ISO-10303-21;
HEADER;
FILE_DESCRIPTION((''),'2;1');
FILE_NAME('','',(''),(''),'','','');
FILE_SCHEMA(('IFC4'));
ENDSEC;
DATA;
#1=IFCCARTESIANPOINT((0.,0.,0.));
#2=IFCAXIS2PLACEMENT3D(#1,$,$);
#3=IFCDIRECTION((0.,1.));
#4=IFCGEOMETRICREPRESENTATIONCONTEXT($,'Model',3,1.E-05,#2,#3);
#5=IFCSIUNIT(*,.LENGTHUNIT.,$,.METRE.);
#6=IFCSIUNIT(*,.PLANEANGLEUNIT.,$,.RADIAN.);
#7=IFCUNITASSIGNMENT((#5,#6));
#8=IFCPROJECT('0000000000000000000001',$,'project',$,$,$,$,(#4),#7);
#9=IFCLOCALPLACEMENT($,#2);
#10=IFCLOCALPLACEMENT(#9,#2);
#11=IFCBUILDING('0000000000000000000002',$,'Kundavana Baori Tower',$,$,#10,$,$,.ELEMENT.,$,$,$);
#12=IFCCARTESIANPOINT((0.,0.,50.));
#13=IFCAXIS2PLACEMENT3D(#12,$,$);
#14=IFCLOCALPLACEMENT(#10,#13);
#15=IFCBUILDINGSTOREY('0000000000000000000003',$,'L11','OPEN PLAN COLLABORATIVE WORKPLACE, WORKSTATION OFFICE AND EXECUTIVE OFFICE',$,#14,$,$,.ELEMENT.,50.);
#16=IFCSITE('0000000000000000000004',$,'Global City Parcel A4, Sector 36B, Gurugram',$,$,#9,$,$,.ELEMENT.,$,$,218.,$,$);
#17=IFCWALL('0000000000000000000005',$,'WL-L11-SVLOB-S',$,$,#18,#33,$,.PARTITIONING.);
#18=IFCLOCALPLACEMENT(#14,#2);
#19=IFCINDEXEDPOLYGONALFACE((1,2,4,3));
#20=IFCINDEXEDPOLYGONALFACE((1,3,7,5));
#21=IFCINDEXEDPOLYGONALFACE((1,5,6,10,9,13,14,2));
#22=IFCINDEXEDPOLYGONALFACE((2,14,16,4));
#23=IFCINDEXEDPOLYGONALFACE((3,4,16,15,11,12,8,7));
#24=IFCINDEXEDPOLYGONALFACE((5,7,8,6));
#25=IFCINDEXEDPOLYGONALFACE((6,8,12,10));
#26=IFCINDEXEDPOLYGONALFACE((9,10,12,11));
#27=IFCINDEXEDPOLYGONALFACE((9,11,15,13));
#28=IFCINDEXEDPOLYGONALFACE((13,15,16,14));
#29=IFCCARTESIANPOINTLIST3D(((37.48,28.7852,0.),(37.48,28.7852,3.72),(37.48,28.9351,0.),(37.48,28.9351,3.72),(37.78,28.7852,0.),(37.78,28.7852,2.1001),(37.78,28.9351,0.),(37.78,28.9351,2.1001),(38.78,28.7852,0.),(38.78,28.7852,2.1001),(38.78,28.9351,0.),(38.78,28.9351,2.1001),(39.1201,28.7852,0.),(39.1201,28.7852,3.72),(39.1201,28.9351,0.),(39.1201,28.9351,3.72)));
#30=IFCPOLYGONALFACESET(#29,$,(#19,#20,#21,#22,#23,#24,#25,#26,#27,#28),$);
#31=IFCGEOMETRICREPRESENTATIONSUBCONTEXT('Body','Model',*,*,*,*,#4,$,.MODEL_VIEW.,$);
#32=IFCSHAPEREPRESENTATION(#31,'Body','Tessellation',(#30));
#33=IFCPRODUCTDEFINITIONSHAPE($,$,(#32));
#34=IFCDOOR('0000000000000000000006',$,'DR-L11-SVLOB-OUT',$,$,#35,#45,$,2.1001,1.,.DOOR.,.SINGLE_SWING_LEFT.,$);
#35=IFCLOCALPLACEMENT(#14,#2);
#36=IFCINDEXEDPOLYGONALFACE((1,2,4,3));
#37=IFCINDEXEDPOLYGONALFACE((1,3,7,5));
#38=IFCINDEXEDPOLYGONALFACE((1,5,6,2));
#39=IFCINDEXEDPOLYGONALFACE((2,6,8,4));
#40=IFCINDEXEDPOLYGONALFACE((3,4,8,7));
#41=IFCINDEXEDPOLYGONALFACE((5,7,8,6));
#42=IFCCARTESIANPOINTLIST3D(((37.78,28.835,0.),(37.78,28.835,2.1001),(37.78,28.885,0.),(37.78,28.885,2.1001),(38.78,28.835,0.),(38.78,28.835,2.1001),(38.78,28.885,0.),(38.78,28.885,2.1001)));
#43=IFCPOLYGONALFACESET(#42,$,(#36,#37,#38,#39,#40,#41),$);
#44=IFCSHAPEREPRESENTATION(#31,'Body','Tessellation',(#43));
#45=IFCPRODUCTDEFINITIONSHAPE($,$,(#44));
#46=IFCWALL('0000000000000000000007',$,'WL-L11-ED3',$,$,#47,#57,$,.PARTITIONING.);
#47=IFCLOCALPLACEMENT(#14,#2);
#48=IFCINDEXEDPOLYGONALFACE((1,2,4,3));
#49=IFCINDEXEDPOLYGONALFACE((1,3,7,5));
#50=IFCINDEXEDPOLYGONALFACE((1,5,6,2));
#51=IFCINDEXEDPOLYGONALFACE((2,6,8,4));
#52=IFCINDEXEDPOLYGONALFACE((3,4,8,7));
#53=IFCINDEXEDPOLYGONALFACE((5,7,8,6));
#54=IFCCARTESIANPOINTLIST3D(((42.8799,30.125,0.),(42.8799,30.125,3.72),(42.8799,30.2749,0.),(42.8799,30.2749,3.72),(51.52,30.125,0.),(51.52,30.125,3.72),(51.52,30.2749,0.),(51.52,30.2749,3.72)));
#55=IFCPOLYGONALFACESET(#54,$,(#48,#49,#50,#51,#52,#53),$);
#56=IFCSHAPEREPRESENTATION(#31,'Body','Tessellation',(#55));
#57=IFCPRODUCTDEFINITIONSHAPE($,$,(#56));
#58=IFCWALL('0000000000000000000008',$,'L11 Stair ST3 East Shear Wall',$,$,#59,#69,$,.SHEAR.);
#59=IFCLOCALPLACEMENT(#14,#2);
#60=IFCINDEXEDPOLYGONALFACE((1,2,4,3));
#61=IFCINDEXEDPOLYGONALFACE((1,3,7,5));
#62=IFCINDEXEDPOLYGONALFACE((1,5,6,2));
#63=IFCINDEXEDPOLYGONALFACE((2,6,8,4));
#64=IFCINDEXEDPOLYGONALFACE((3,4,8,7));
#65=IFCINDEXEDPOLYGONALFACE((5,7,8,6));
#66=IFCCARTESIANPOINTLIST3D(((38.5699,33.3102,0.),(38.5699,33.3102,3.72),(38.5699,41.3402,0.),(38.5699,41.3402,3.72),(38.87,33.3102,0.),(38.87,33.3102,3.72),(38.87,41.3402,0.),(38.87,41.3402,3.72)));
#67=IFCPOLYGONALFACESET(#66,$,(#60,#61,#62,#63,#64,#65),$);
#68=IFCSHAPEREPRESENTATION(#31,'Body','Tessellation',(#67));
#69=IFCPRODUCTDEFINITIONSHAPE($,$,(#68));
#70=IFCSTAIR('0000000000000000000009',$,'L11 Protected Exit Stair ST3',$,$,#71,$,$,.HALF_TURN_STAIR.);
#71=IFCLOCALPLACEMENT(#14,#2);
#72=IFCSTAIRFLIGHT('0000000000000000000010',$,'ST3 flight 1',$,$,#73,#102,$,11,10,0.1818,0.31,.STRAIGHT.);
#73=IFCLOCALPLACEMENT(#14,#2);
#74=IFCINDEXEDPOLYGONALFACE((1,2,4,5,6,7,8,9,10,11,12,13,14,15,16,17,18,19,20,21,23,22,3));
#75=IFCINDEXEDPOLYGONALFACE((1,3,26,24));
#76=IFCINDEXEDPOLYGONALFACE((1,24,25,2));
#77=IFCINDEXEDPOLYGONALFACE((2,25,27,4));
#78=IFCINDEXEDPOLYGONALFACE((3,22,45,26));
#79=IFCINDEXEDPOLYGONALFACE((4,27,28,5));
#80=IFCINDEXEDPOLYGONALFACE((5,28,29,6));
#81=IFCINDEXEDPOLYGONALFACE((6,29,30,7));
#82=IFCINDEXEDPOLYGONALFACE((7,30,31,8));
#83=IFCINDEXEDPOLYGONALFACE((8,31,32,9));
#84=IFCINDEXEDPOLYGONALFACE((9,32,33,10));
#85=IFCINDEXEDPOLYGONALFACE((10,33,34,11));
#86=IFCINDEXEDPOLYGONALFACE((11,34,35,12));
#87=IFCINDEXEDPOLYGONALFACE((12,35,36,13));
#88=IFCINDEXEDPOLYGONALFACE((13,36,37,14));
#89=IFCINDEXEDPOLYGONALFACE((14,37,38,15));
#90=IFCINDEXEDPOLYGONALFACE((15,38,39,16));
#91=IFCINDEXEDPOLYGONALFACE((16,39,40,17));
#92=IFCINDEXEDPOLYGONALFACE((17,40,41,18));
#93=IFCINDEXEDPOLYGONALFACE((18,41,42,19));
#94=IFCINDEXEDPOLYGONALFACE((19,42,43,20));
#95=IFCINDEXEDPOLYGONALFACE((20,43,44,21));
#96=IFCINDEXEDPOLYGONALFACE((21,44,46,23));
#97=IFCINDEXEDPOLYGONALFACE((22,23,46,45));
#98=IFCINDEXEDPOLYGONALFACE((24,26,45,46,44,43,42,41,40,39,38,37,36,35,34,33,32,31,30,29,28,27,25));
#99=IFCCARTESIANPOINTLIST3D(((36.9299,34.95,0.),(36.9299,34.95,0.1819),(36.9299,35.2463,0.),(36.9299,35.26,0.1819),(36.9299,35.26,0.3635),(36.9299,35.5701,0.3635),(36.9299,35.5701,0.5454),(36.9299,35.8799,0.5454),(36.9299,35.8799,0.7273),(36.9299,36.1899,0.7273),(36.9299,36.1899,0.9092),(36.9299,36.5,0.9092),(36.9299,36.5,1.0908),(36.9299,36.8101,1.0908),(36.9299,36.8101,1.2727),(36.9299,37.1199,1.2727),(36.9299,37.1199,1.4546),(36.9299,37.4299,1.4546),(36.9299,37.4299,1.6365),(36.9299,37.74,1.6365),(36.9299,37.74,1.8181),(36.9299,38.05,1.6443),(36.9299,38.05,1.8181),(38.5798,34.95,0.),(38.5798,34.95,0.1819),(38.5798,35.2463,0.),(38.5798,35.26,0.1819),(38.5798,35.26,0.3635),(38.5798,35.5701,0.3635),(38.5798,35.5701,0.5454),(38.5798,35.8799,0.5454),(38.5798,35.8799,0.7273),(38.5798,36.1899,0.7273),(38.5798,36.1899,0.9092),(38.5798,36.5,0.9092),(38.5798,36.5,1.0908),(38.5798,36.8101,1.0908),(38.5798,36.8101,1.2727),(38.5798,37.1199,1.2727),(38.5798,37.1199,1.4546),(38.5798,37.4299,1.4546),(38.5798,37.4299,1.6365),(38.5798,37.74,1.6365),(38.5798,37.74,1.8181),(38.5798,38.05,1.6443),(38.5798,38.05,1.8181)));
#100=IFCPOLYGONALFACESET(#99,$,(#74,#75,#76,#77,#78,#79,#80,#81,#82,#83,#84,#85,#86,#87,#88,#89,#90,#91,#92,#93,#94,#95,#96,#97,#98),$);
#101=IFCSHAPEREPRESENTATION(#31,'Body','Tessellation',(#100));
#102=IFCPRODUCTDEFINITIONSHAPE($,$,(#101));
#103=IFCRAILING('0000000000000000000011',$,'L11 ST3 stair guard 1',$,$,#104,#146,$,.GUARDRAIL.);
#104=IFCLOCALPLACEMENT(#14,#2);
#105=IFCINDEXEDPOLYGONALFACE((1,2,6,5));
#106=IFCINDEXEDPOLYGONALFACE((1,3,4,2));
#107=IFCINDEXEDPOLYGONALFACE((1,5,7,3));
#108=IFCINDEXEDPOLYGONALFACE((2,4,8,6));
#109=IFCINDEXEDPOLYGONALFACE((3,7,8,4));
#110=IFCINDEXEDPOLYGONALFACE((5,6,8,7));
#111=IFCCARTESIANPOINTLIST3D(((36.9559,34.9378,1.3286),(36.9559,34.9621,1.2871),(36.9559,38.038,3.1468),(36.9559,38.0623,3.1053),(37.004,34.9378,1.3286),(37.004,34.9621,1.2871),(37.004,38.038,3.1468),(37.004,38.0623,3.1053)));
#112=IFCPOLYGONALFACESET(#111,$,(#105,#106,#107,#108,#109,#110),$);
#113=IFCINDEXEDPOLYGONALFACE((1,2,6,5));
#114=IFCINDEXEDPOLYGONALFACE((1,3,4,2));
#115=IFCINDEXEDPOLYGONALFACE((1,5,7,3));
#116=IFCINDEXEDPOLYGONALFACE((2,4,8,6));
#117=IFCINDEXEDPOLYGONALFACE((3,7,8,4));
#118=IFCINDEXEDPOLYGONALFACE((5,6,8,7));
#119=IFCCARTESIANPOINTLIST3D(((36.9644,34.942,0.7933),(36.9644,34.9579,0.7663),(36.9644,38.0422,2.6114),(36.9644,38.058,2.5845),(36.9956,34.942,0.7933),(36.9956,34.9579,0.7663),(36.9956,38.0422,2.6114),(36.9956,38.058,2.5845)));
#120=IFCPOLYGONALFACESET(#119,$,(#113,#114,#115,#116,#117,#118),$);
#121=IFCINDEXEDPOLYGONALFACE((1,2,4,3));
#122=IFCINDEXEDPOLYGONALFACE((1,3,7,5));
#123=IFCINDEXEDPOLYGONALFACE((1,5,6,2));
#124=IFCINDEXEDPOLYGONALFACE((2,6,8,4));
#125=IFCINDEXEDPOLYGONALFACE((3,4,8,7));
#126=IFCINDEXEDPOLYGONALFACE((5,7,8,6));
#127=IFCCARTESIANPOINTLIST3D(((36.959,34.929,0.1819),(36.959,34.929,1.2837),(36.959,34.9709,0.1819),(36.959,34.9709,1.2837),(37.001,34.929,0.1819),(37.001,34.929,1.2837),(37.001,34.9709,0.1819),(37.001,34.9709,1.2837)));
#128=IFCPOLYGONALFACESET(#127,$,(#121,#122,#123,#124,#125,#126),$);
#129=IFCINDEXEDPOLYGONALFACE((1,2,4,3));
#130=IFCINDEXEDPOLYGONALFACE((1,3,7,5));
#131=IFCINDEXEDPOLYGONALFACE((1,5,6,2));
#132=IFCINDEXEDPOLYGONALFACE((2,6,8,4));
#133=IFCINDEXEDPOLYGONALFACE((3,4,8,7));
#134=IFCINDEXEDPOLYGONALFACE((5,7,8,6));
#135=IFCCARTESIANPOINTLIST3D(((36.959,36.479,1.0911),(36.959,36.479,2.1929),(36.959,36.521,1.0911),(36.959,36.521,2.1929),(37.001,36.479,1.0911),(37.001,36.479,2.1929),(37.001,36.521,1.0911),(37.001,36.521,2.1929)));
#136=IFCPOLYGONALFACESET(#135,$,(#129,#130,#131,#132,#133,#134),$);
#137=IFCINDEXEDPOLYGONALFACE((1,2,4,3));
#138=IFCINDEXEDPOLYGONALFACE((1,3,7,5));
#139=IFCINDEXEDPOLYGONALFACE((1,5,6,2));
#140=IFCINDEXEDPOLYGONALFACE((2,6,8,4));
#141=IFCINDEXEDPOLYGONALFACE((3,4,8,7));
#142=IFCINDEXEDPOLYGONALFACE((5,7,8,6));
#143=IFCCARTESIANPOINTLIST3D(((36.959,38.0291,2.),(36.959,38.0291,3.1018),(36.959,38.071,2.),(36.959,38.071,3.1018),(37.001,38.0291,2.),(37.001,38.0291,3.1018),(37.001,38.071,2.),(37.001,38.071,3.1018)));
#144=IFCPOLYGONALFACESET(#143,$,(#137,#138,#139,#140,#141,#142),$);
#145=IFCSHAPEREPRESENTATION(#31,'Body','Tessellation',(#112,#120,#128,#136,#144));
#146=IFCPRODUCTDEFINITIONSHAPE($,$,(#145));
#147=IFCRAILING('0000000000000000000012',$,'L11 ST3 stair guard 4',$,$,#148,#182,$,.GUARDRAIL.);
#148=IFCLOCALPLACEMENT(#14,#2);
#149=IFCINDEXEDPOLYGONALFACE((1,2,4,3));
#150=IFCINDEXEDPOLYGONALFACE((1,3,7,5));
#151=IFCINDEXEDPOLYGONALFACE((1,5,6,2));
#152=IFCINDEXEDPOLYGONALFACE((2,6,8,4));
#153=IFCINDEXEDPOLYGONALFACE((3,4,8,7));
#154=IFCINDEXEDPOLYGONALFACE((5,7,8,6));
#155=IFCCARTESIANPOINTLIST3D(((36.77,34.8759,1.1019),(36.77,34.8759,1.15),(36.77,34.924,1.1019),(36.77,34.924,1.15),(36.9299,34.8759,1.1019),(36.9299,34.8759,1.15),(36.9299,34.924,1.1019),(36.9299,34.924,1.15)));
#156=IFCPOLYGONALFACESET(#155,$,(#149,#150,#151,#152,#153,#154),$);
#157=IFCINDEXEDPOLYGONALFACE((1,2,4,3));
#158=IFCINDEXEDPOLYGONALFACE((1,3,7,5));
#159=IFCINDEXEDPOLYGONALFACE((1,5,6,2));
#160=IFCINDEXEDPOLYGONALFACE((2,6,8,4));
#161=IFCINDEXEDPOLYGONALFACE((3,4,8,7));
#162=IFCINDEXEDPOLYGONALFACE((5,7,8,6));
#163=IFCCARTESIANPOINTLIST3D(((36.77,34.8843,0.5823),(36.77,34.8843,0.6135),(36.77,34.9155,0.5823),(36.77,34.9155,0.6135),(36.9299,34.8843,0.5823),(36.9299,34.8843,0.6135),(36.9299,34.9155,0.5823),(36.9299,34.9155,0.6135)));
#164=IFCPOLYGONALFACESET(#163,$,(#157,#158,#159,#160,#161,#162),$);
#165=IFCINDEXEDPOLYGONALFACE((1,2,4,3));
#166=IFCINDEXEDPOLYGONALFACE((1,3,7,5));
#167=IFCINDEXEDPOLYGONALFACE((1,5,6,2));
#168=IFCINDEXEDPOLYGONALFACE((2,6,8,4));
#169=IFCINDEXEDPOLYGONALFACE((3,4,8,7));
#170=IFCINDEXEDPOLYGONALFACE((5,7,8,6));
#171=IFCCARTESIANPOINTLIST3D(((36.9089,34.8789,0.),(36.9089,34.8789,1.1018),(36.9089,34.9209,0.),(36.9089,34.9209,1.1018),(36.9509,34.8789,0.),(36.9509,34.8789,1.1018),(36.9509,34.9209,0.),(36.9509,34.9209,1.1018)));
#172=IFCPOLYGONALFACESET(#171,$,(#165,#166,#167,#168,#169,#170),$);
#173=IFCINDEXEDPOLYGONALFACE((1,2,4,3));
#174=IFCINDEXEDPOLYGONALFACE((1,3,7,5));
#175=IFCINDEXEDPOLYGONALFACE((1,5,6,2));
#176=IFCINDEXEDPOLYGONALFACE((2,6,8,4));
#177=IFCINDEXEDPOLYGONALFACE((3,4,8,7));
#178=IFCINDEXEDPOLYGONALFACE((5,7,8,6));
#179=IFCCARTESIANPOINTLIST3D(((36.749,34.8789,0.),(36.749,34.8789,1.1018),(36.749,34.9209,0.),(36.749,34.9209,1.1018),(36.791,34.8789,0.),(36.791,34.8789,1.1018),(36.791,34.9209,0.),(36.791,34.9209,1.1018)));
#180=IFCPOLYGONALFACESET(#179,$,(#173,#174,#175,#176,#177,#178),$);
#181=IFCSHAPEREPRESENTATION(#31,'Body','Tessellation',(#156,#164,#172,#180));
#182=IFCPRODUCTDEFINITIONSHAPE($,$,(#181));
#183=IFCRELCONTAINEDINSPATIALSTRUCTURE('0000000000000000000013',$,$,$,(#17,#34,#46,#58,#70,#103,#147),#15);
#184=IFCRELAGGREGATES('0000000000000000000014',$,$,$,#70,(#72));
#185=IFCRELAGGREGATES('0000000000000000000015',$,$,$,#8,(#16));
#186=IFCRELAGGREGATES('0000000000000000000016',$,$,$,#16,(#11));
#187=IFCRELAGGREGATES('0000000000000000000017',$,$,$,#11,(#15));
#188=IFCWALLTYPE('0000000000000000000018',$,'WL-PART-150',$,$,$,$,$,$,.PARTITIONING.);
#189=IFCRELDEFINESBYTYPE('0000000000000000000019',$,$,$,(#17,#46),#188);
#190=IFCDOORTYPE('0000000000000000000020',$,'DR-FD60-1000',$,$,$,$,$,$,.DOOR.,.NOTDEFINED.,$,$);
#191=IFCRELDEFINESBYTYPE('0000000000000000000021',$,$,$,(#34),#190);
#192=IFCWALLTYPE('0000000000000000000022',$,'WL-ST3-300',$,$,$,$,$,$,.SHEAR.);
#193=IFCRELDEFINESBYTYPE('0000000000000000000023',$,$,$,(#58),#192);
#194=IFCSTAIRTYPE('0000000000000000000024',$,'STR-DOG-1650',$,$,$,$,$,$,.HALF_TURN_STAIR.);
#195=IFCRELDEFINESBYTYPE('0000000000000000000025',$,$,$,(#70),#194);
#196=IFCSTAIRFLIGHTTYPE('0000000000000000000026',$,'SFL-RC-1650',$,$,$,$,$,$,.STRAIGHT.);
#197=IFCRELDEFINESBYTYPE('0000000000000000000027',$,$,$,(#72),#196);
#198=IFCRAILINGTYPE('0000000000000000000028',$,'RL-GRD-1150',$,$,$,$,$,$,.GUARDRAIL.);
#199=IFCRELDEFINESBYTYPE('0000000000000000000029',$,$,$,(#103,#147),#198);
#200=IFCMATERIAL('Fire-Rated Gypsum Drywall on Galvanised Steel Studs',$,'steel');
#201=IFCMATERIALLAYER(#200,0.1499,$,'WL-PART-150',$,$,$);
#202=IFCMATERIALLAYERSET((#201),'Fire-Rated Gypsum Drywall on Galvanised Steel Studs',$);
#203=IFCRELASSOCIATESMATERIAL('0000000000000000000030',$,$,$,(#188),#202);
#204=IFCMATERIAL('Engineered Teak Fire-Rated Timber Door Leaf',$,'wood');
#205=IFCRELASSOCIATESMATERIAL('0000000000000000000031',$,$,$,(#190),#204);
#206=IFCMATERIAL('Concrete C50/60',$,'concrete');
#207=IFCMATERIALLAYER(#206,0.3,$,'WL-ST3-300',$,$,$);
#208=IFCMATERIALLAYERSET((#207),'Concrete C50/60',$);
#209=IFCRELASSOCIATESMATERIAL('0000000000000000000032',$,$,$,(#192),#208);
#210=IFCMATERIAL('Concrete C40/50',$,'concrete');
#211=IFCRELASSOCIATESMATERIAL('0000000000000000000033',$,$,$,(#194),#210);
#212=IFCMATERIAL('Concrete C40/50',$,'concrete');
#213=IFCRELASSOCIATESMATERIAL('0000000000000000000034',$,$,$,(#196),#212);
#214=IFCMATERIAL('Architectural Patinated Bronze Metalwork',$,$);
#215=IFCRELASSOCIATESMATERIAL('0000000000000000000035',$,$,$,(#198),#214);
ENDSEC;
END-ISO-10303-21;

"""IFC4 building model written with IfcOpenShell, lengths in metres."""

from ifc_helpers import new_model, si_unit, direction, frame, frame_2d, origin, origin_2d, place, context, subcontext, project, spatial, polyline, rectangle, outline, extrude, material, layer, layer_set, type_object, element, fill, aggregate, save


model = new_model("IFC4")

# Units and contexts
model_context = context("Model", 3, precision=1e-05, world=origin(), true_north=direction((0.0, 1.0)))
body_context = subcontext(model_context, "Body", "Model", "MODEL_VIEW")
ifc_project = project(units=[si_unit("LENGTHUNIT", "METRE"), si_unit("PLANEANGLEUNIT", "RADIAN")], contexts=[model_context])

# Site, building, storey
site_placement = place(None, origin())
site = spatial("IfcSite", under=ifc_project, at=site_placement, Name="Global City Parcel A4, Sector 36B, Gurugram", CompositionType="ELEMENT", RefElevation=218.0)
building_placement = place(site_placement, origin())
building = spatial("IfcBuilding", under=site, at=building_placement, Name="Kundavana Baori Tower", CompositionType="ELEMENT")
storey_placement = place(building_placement, frame((0.0, 0.0, 50.0)))
storey = spatial("IfcBuildingStorey", under=building, at=storey_placement, Name="L11", Description="OPEN PLAN COLLABORATIVE WORKPLACE, WORKSTATION OFFICE AND EXECUTIVE OFFICE", CompositionType="ELEMENT", Elevation=50.0)

# Shared definitions
ifc_material_1 = material(Name="Fire-Rated Gypsum Drywall on Galvanised Steel Studs", Category="steel")
ifc_layer_1 = layer(ifc_material_1, 0.1499, Name="WL-PART-150")
ifc_layer_set_1 = layer_set([ifc_layer_1], Name="Fire-Rated Gypsum Drywall on Galvanised Steel Studs")
wall_type_1 = type_object("IfcWallType", Name="WL-PART-150", PredefinedType="PARTITIONING", material=ifc_layer_set_1)

# Wall, opening, door
wall_1_placement = place(storey_placement, frame((37.48, 28.8601, 0.0), z_axis=(0.0, 0.0, 1.0), x_axis=(1.0, 0.0, 0.0)))
wall_1 = element("IfcWall", 1, at=wall_1_placement, inside=storey, type_object=wall_type_1, Name="WL-L11-SVLOB-S", PredefinedType="PARTITIONING", context=body_context, shape_type="SweptSolid", body=[
    extrude(rectangle(XDim=1.6401, YDim=0.1499, at=frame_2d((0.8201, 0.0))), origin(), (0.0, 0.0, 1.0), 3.72),
])
opening_1_placement = place(wall_1_placement, frame((0.3, 0.0, 0.0)))
opening_1 = element("IfcOpeningElement", 2, at=opening_1_placement, cuts=wall_1, PredefinedType="OPENING", context=body_context, shape_type="SweptSolid", body=[
    extrude(rectangle(XDim=1.0, YDim=2.1001, at=frame_2d((0.5, 1.05))), frame((0.0, 0.085, 0.0), z_axis=(0.0, -1.0, 0.0), x_axis=(1.0, 0.0, 0.0)), (0.0, 0.0, 1.0), 0.1699),
])
ifc_material_2 = material(Name="Engineered Teak Fire-Rated Timber Door Leaf", Category="wood")
door_type_1 = type_object("IfcDoorType", Name="DR-FD60-1000", OperationType="NOTDEFINED", PredefinedType="DOOR", material=ifc_material_2)
door_1_placement = place(opening_1_placement, origin())
door_1 = element("IfcDoor", 3, at=door_1_placement, inside=storey, type_object=door_type_1, Name="DR-L11-SVLOB-OUT", OperationType="SINGLE_SWING_LEFT", OverallHeight=2.1001, OverallWidth=1.0, PredefinedType="DOOR", context=body_context, shape_type="SweptSolid", body=[
    extrude(rectangle(XDim=1.0, YDim=2.1001, at=frame_2d((0.5, 1.05))), frame((0.0, 0.0249, 0.0), z_axis=(0.0, -1.0, 0.0), x_axis=(1.0, 0.0, 0.0)), (0.0, 0.0, 1.0), 0.05),
])
fill(opening_1, door_1)

# Wall
wall_2_placement = place(storey_placement, frame((42.8799, 30.2, 0.0), z_axis=(0.0, 0.0, 1.0), x_axis=(1.0, 0.0, 0.0)))
element("IfcWall", 4, at=wall_2_placement, inside=storey, type_object=wall_type_1, Name="WL-L11-ED3", PredefinedType="PARTITIONING", context=body_context, shape_type="SweptSolid", body=[
    extrude(rectangle(XDim=8.6401, YDim=0.1499, at=frame_2d((4.3201, 0.0))), origin(), (0.0, 0.0, 1.0), 3.72),
])

# Wall
ifc_material_3 = material(Name="Concrete C50/60", Category="concrete")
ifc_layer_2 = layer(ifc_material_3, 0.3, Name="WL-ST3-300")
ifc_layer_set_2 = layer_set([ifc_layer_2], Name="Concrete C50/60")
wall_type_2 = type_object("IfcWallType", Name="WL-ST3-300", PredefinedType="SHEAR", material=ifc_layer_set_2)
wall_3_placement = place(storey_placement, frame((38.72, 33.3101, 0.0), z_axis=(0.0, 0.0, 1.0), x_axis=(0.0, 1.0, 0.0)))
element("IfcWall", 5, at=wall_3_placement, inside=storey, type_object=wall_type_2, Name="L11 Stair ST3 East Shear Wall", PredefinedType="SHEAR", context=body_context, shape_type="SweptSolid", body=[
    extrude(rectangle(XDim=8.03, YDim=0.3, at=frame_2d((4.0151, 0.0))), origin(), (0.0, 0.0, 1.0), 3.72),
])

# Stair, stair flight
ifc_material_4 = material(Name="Concrete C40/50", Category="concrete")
stair_type = type_object("IfcStairType", Name="STR-DOG-1650", PredefinedType="HALF_TURN_STAIR", material=ifc_material_4)
stair_placement = place(storey_placement, origin())
stair = element("IfcStair", 6, at=stair_placement, inside=storey, type_object=stair_type, Name="L11 Protected Exit Stair ST3", PredefinedType="HALF_TURN_STAIR")
ifc_material_5 = material(Name="Concrete C40/50", Category="concrete")
stair_flight_type = type_object("IfcStairFlightType", Name="SFL-RC-1650", PredefinedType="STRAIGHT", material=ifc_material_5)
stair_flight_placement = place(storey_placement, frame((37.7549, 34.95, 0.0), z_axis=(0.0, 0.0, 1.0), x_axis=(0.0, 1.0, 0.0)))
stair_flight = element("IfcStairFlight", 7, at=stair_flight_placement, type_object=stair_flight_type, Name="ST3 flight 1", NumberOfRisers=11, NumberOfTreads=10, PredefinedType="STRAIGHT", RiserHeight=0.1818, TreadLength=0.31, context=body_context, shape_type="SweptSolid", body=[
    extrude(outline(polyline([(0.0, 0.0), (0.0, 0.1819), (0.3101, 0.1819), (0.3101, 0.3635), (0.6201, 0.3635), (0.6201, 0.5454), (0.9299, 0.5454), (0.9299, 0.7273), (1.24, 0.7273), (1.24, 0.9092), (1.55, 0.9092), (1.55, 1.0908), (1.8601, 1.0908), (1.8601, 1.2727), (2.1699, 1.2727), (2.1699, 1.4546), (2.48, 1.4546), (2.48, 1.6365), (2.79, 1.6365), (2.79, 1.8181), (3.1001, 1.8181), (3.1001, 2.0), (3.1001, 1.6443), (0.2964, 0.0), (0.0, 0.0)])), frame((0.0, 0.825, 0.0), z_axis=(0.0, -1.0, 0.0), x_axis=(1.0, 0.0, 0.0)), (0.0, 0.0, 1.0), 1.6499),
])
aggregate(stair, [stair_flight])

# Railings
ifc_material_6 = material(Name="Architectural Patinated Bronze Metalwork")
railing_type_1 = type_object("IfcRailingType", Name="RL-GRD-1150", PredefinedType="GUARDRAIL", material=ifc_material_6)
railing_1_placement = place(storey_placement, frame((36.98, 34.95, 0.1819)))
element("IfcRailing", 8, at=railing_1_placement, inside=storey, type_object=railing_type_1, Name="L11 ST3 stair guard 1", PredefinedType="GUARDRAIL", context=body_context, shape_type="SweptSolid", body=[
    extrude(rectangle(XDim=0.0481, YDim=0.0481, at=origin_2d()), frame((0.0, 0.0, 1.126), z_axis=(0.0, 0.862599, 0.505889), x_axis=(-1.0, 0.0, 0.0)), (0.0, 0.0, 1.0), 3.594),
    extrude(rectangle(XDim=0.0312, YDim=0.0312, at=origin_2d()), frame((0.0, 0.0, 0.5979), z_axis=(0.0, 0.862599, 0.505889), x_axis=(-1.0, 0.0, 0.0)), (0.0, 0.0, 1.0), 3.594),
    extrude(rectangle(XDim=0.042, YDim=0.042, at=origin_2d()), origin(), (0.0, 0.0, 1.0), 1.1018),
    extrude(rectangle(XDim=0.042, YDim=0.042, at=origin_2d()), frame((0.0, 1.55, 0.9092)), (0.0, 0.0, 1.0), 1.1018),
    extrude(rectangle(XDim=0.042, YDim=0.042, at=origin_2d()), frame((0.0, 3.1001, 1.8181)), (0.0, 0.0, 1.0), 1.1018),
])
railing_2_placement = place(storey_placement, frame((36.9299, 34.8999, 0.0)))
element("IfcRailing", 9, at=railing_2_placement, inside=storey, type_object=railing_type_1, Name="L11 ST3 stair guard 4", PredefinedType="GUARDRAIL", context=body_context, shape_type="SweptSolid", body=[
    extrude(rectangle(XDim=0.0481, YDim=0.0481, at=origin_2d()), frame((0.0, 0.0, 1.126), z_axis=(-1.0, 0.0, 0.0), x_axis=(0.0, -1.0, 0.0)), (0.0, 0.0, 1.0), 0.1599),
    extrude(rectangle(XDim=0.0312, YDim=0.0312, at=origin_2d()), frame((0.0, 0.0, 0.5979), z_axis=(-1.0, 0.0, 0.0), x_axis=(0.0, -1.0, 0.0)), (0.0, 0.0, 1.0), 0.1599),
    extrude(rectangle(XDim=0.042, YDim=0.042, at=origin_2d()), origin(), (0.0, 0.0, 1.0), 1.1018),
    extrude(rectangle(XDim=0.042, YDim=0.042, at=origin_2d()), frame((-0.1599, 0.0, 0.0)), (0.0, 0.0, 1.0), 1.1018),
])

save(model, "model.ifc")
